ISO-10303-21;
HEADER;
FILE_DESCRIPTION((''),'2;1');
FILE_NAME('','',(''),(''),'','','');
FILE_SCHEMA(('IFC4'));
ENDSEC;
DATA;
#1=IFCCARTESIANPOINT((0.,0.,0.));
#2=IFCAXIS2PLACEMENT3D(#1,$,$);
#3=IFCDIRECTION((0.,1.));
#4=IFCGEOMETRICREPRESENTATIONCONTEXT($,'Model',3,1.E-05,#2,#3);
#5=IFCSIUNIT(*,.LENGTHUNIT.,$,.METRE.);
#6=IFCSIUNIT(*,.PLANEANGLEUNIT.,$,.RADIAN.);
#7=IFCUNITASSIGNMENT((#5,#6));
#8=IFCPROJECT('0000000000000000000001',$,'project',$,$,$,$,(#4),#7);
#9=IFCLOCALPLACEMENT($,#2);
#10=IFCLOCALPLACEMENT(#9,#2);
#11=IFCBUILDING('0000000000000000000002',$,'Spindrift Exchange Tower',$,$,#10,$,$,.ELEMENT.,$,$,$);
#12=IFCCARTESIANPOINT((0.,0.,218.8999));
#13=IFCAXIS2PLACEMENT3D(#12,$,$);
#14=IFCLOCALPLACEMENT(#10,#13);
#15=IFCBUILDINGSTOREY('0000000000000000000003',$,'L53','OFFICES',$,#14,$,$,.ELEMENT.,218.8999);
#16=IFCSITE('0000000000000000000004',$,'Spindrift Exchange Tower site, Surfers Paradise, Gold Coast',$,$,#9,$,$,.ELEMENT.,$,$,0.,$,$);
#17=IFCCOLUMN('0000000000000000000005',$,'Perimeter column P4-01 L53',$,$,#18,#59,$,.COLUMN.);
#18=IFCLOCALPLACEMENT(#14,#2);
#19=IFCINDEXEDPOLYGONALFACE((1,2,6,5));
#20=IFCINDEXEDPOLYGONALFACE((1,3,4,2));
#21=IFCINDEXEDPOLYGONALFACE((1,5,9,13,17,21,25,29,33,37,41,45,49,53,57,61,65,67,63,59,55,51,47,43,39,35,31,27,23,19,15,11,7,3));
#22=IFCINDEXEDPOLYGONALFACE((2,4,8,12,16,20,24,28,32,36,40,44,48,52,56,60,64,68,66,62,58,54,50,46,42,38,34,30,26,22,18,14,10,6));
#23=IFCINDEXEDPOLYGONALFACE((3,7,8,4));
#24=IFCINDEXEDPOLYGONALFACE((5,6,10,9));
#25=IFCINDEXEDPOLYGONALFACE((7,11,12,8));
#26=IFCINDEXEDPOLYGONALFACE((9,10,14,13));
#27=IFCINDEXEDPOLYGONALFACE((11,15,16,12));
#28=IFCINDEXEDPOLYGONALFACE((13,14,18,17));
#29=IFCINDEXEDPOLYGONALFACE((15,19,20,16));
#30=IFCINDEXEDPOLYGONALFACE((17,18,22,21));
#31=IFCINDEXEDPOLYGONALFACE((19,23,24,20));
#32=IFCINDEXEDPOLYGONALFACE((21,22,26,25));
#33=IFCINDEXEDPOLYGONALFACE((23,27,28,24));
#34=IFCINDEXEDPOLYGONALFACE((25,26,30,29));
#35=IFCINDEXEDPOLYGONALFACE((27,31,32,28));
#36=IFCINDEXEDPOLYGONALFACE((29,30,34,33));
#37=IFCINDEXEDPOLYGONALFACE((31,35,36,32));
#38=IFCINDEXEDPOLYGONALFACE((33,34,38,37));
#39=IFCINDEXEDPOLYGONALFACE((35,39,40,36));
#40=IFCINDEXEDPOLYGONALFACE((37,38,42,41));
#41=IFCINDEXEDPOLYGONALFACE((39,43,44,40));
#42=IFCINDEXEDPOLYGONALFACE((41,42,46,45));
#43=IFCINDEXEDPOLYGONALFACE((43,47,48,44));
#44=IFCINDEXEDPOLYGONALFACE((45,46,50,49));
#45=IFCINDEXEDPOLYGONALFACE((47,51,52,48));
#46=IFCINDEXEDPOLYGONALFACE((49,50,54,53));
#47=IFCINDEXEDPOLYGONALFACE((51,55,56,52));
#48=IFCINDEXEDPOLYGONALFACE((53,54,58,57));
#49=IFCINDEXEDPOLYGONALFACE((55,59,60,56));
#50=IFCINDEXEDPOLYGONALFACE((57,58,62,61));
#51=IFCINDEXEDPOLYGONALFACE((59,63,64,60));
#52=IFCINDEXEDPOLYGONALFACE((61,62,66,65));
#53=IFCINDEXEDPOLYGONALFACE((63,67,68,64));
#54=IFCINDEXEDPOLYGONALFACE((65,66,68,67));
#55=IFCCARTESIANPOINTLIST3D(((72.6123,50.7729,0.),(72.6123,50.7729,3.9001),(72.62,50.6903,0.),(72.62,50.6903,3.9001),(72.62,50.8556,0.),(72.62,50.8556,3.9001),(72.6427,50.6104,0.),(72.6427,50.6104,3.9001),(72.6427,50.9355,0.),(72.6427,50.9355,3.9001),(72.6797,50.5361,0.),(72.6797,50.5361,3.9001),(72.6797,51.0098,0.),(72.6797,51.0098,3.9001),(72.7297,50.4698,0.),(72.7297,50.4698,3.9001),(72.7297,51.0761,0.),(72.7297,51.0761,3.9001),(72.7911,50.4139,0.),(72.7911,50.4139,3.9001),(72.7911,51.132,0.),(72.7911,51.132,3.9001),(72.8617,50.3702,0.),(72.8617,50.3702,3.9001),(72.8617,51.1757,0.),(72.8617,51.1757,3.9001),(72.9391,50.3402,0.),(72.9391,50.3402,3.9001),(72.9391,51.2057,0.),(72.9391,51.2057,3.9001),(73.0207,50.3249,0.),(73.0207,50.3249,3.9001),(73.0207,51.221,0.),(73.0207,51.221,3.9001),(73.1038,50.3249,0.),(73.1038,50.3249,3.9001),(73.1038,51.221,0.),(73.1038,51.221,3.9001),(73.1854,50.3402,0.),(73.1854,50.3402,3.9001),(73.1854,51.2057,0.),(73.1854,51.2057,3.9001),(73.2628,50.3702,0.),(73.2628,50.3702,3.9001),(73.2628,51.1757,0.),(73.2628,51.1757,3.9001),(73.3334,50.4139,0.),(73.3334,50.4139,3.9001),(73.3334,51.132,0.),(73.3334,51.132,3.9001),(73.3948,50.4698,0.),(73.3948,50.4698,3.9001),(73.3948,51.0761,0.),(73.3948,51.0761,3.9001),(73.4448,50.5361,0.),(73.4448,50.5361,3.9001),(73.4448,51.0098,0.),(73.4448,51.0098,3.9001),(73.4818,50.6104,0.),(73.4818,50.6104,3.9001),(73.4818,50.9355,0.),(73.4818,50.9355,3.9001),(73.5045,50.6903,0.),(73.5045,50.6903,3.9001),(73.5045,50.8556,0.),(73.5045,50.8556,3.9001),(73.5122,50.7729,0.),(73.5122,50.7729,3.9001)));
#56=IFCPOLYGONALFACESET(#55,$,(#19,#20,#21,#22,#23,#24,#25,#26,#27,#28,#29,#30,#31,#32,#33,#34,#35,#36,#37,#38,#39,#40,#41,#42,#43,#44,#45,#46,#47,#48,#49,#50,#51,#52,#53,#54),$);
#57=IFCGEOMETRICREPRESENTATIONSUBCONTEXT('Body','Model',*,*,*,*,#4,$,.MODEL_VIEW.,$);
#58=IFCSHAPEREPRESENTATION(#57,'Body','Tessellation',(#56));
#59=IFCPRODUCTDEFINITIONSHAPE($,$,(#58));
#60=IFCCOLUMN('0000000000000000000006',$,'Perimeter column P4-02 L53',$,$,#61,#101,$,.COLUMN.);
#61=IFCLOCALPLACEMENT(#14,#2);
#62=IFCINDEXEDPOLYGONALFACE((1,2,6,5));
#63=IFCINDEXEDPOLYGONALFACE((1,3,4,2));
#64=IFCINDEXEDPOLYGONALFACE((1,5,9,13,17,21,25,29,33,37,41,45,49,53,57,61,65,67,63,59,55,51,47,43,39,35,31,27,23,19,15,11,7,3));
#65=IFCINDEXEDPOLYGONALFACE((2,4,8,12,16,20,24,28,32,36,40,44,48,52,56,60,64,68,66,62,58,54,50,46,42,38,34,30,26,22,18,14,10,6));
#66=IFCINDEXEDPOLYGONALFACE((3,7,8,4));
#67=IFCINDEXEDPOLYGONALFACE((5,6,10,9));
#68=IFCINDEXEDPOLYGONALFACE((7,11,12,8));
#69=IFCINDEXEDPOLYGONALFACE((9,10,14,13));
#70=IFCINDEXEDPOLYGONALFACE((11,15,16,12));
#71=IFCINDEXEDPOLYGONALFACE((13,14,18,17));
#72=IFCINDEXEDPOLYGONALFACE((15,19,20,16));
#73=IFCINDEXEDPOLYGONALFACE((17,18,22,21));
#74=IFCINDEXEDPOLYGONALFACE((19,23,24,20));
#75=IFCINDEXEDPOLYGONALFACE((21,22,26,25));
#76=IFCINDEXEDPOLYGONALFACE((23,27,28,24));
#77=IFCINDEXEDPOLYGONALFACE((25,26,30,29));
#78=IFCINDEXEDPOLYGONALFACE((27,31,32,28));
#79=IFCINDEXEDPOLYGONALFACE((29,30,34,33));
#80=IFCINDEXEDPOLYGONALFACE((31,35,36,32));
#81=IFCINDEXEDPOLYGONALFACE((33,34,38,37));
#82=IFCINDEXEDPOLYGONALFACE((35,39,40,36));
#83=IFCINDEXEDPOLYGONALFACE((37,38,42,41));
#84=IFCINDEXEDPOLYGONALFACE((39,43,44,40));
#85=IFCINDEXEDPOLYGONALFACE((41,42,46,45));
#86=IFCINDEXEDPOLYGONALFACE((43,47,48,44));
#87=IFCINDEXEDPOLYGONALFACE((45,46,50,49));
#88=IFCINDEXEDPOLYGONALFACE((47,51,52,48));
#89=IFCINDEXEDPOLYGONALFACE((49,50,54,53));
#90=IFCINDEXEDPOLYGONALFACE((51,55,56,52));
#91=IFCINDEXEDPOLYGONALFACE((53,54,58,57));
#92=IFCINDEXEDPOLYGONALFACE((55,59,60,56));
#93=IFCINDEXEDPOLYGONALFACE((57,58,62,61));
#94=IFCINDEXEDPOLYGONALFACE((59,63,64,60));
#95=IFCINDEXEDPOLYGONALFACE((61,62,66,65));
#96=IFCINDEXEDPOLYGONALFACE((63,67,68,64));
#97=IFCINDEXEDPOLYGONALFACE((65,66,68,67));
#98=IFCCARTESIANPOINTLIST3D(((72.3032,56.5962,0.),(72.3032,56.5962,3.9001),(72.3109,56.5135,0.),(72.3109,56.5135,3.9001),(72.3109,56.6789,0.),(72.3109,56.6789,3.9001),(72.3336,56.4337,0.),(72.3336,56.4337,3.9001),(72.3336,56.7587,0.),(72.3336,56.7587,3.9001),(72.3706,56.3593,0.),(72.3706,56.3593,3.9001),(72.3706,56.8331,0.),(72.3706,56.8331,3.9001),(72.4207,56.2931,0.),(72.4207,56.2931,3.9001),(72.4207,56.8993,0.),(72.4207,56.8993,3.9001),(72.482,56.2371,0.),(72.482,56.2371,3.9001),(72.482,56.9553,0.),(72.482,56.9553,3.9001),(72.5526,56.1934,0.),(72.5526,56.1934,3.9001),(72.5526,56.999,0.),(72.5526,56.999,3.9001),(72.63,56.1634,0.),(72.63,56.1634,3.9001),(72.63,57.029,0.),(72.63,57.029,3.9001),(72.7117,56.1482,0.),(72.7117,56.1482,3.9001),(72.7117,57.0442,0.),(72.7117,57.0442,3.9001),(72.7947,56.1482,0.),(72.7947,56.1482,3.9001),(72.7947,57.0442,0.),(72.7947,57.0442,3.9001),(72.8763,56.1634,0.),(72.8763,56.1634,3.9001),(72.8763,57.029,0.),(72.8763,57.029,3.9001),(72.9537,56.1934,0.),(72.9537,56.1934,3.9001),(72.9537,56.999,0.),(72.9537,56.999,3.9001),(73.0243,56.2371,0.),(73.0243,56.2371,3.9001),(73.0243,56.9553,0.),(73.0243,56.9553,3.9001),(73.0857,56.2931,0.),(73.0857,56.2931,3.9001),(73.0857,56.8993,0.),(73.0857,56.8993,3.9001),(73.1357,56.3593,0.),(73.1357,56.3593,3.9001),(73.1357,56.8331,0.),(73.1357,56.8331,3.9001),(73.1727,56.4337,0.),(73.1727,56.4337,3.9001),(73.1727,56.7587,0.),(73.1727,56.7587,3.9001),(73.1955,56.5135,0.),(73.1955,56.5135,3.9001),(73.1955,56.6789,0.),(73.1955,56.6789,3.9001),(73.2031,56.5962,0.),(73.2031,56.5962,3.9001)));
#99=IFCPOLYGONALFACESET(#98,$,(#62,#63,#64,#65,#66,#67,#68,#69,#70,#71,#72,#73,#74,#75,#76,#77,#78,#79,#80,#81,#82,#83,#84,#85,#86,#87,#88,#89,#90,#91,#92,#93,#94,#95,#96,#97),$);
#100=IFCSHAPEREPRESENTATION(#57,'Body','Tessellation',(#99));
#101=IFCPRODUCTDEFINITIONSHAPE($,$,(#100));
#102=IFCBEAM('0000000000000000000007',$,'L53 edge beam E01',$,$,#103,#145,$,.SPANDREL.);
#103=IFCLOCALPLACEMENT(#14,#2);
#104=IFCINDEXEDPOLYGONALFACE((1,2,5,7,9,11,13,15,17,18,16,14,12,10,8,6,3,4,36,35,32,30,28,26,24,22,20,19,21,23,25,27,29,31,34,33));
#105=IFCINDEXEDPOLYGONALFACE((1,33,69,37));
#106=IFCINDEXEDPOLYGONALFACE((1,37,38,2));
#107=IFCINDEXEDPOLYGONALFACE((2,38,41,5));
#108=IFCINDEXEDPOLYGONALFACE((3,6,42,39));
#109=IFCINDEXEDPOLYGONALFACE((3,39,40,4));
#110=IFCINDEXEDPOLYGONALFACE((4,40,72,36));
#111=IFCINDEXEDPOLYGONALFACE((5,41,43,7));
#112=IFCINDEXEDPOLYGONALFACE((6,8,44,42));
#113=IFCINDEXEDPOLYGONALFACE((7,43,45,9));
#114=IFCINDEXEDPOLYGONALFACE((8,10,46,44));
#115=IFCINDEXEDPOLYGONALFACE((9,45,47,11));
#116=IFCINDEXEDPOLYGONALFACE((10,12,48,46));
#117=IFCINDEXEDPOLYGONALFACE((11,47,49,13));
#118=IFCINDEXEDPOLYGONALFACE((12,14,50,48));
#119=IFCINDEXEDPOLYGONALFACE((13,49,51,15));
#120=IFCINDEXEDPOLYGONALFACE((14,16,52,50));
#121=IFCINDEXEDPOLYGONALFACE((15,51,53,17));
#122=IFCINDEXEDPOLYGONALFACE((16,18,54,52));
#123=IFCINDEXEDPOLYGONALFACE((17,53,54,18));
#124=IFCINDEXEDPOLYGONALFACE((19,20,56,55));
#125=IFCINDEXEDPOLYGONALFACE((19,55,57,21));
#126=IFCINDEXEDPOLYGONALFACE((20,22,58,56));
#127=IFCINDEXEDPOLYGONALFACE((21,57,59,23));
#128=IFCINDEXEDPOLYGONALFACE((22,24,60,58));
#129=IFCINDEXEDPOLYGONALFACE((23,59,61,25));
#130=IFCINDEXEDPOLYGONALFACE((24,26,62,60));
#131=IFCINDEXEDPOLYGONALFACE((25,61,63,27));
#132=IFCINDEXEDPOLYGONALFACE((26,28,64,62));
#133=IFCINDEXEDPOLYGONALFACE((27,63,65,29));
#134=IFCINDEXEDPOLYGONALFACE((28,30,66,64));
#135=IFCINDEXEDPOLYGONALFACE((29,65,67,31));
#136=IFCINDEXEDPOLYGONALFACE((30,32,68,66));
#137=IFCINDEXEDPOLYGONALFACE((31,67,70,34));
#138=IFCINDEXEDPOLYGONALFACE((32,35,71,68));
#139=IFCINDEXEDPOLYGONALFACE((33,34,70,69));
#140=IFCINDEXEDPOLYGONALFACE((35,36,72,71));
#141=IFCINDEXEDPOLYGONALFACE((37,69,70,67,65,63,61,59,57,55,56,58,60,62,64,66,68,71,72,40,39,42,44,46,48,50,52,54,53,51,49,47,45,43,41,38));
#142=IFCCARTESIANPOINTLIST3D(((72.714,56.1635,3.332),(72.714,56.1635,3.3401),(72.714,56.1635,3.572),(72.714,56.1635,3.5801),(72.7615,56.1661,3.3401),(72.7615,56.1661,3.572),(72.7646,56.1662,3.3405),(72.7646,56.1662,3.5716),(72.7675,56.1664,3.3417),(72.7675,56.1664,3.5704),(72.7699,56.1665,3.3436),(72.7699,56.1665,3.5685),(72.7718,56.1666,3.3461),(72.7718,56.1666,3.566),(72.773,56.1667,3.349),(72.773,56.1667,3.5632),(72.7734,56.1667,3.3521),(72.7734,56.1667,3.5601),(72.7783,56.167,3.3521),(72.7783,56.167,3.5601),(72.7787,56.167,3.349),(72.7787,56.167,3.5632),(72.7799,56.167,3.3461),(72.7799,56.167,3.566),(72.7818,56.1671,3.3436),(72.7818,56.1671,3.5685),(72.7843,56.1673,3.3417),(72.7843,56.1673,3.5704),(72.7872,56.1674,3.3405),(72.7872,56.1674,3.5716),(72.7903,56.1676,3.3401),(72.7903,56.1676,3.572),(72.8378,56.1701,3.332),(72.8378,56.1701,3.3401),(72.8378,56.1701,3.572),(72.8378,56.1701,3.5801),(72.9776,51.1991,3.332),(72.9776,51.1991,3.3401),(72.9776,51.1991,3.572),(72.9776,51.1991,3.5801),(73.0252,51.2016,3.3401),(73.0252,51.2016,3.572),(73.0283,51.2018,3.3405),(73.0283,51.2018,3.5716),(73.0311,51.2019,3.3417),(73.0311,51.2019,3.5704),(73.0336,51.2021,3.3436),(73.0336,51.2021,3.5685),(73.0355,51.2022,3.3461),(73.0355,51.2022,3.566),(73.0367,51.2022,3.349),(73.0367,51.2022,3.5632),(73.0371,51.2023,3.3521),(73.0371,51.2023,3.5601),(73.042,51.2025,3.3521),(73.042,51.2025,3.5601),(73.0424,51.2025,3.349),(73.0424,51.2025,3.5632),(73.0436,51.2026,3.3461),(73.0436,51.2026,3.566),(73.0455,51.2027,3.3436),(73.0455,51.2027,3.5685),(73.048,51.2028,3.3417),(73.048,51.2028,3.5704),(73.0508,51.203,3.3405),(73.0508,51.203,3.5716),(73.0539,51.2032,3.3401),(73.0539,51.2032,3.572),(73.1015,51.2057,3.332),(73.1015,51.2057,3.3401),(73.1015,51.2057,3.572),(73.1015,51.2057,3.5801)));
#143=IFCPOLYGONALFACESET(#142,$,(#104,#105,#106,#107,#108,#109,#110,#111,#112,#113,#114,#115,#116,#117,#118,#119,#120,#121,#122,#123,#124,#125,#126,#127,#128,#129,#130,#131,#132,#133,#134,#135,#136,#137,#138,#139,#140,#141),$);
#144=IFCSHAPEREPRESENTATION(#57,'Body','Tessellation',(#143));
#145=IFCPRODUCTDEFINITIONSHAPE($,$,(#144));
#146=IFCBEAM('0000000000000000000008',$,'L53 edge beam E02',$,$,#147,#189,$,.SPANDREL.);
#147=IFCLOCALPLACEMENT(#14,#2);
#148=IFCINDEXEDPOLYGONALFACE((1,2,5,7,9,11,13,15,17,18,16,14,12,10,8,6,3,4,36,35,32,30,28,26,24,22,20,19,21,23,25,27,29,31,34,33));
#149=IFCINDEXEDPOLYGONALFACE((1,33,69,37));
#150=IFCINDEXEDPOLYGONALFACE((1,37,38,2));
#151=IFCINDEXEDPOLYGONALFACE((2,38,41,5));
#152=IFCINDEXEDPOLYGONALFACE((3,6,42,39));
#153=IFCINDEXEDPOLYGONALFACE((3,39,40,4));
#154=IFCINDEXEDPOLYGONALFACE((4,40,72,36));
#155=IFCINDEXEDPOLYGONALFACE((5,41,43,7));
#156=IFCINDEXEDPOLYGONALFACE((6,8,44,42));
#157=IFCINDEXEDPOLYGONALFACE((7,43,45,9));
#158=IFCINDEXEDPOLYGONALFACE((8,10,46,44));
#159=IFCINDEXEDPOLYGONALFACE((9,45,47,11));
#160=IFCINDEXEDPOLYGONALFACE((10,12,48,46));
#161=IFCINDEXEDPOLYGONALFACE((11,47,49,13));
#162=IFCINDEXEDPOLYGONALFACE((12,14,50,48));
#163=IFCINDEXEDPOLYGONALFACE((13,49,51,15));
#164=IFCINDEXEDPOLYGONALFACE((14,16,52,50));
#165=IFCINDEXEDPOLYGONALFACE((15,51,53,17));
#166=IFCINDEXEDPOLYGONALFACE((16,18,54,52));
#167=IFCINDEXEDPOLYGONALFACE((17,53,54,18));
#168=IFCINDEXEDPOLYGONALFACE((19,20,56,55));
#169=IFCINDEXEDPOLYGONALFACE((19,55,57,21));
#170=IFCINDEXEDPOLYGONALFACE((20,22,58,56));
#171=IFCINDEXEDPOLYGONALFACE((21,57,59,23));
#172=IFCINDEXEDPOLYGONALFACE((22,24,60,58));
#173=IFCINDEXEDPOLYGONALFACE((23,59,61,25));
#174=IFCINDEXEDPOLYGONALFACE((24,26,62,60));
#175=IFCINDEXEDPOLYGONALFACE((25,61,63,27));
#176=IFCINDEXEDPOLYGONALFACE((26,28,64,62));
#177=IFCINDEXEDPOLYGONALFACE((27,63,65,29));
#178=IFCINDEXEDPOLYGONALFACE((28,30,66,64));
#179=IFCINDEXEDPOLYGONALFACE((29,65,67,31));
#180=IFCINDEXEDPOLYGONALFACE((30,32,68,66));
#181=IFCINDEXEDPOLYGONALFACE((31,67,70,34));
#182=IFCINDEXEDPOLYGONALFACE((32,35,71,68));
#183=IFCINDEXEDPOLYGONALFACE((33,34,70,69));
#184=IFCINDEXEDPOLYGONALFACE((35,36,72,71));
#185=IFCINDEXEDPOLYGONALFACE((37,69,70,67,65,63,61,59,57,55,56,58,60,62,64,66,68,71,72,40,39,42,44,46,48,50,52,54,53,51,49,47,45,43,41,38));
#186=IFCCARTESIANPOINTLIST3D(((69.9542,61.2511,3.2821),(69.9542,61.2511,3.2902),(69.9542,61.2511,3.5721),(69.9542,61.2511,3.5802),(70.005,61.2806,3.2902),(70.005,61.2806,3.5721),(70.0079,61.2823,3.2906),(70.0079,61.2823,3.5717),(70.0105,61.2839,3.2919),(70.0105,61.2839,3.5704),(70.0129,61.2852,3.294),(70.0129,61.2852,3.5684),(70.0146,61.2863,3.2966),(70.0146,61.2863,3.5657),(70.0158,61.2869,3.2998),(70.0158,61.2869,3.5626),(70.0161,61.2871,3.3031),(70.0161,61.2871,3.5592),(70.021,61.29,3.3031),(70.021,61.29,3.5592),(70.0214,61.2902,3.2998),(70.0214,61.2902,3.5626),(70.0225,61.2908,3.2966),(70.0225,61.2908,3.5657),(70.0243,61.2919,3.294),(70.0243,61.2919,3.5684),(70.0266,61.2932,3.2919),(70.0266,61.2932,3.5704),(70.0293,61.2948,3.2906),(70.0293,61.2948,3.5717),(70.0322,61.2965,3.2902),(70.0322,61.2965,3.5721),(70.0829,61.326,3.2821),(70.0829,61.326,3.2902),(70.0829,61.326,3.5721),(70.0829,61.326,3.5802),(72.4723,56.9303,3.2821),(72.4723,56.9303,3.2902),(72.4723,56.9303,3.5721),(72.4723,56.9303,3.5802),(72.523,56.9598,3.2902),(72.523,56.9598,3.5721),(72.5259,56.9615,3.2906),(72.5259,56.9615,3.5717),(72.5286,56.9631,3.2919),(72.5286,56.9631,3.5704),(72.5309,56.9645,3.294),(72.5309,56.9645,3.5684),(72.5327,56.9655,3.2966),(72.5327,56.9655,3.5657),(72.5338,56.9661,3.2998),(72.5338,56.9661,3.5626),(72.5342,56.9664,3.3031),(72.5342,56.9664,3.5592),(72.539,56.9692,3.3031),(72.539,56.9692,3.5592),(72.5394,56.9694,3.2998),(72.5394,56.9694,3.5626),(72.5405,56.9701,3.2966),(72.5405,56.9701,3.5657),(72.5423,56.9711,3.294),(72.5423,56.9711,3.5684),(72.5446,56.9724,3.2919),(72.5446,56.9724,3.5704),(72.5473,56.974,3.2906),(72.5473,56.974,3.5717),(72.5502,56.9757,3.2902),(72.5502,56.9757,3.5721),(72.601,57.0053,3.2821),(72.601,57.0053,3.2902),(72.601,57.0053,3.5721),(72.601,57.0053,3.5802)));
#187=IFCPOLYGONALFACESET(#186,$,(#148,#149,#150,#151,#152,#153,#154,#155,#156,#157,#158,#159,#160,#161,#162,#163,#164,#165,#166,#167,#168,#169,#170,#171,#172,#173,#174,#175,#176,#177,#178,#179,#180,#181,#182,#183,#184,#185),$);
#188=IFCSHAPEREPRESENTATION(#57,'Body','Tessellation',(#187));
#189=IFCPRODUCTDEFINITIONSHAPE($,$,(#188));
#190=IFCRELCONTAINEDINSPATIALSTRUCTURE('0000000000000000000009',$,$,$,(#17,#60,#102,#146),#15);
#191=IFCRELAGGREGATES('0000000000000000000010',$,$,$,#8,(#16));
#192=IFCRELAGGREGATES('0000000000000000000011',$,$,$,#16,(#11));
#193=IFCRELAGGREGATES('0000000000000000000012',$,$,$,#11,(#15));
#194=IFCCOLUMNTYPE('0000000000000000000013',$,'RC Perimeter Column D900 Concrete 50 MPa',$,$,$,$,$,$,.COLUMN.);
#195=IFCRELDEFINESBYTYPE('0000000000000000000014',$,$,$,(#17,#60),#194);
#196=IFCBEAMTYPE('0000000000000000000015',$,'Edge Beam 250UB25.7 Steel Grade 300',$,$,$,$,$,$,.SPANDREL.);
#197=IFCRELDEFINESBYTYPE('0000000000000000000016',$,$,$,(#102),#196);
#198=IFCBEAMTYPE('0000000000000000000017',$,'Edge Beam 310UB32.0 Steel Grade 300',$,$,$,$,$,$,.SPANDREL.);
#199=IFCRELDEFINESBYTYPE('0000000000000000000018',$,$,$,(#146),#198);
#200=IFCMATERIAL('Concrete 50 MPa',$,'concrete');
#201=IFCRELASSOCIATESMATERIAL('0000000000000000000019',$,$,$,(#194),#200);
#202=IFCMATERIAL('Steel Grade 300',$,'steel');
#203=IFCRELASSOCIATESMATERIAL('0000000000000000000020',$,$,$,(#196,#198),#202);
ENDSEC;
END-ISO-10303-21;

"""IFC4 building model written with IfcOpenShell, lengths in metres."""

from ifc_helpers import new_model, si_unit, direction, frame, origin, origin_2d, place, context, subcontext, project, spatial, circle, i_section, extrude, source, transform, mapped, material, material_profile, profile_set, type_object, element, save


model = new_model("IFC4")

# Units and contexts
model_context = context("Model", 3, precision=1e-05, world=origin(), true_north=direction((0.0, 1.0)))
body_context = subcontext(model_context, "Body", "Model", "MODEL_VIEW")
ifc_project = project(units=[si_unit("LENGTHUNIT", "METRE"), si_unit("PLANEANGLEUNIT", "RADIAN")], contexts=[model_context])

# Site, building, storey
site_placement = place(None, origin())
site = spatial("IfcSite", under=ifc_project, at=site_placement, Name="Spindrift Exchange Tower site, Surfers Paradise, Gold Coast", CompositionType="ELEMENT", RefElevation=0.0)
building_placement = place(site_placement, origin())
building = spatial("IfcBuilding", under=site, at=building_placement, Name="Spindrift Exchange Tower", CompositionType="ELEMENT")
storey_placement = place(building_placement, frame((0.0, 0.0, 218.8999)))
storey = spatial("IfcBuildingStorey", under=building, at=storey_placement, Name="L53", Description="OFFICES", CompositionType="ELEMENT", Elevation=218.8999)

# Columns
ifc_material_1 = material(Name="Concrete 50 MPa", Category="concrete")
ifc_material_profile_1 = material_profile(ifc_material_1, circle(Radius=0.45, at=origin_2d()), Name="RC D900")
ifc_profile_set_1 = profile_set([ifc_material_profile_1], Name="Concrete 50 MPa")
column_type = type_object("IfcColumnType", Name="RC Perimeter Column D900 Concrete 50 MPa", PredefinedType="COLUMN", material=ifc_profile_set_1)
shared_shape_1 = source(origin(), body_context, "Body", "SweptSolid", [
    extrude(circle(Radius=0.45, at=origin_2d()), origin(), (0.0, 0.0, 1.0), 3.9001),
])
for number, where, z_axis, x_axis, name in (
    (1, (73.0623, 50.7729, 0.0), (0.0, 0.0, 1.0), (1.0, 0.0, 0.0), "Perimeter column P4-01 L53"),
    (2, (72.7532, 56.5962, 0.0), (0.0, 0.0, 1.0), (1.0, 0.0, 0.0), "Perimeter column P4-02 L53"),
):
    element("IfcColumn", number, at=place(storey_placement, frame(where, z_axis=z_axis, x_axis=x_axis)), inside=storey, type_object=column_type, Name=name, PredefinedType="COLUMN", context=body_context, shape_type="MappedRepresentation", body=[
        mapped(shared_shape_1, transform((0.0, 0.0, 0.0), scale=1.0)),
    ])

# Beams
ifc_material_2 = material(Name="Steel Grade 300", Category="steel")
ifc_material_profile_2 = material_profile(ifc_material_2, i_section(OverallWidth=0.124, OverallDepth=0.248, WebThickness=0.0049, FlangeThickness=0.0081, FilletRadius=0.012, at=origin_2d()), Name="250UB25.7")
ifc_profile_set_2 = profile_set([ifc_material_profile_2], Name="Steel Grade 300")
beam_type_1 = type_object("IfcBeamType", Name="Edge Beam 250UB25.7 Steel Grade 300", PredefinedType="SPANDREL", material=ifc_profile_set_2)
shared_shape_2 = source(origin(), body_context, "Body", "SweptSolid", [
    extrude(i_section(OverallWidth=0.124, OverallDepth=0.248, WebThickness=0.0049, FlangeThickness=0.0081, FilletRadius=0.012, at=origin_2d()), origin(), (0.0, 0.0, 1.0), 4.9714),
])
beam_1_placement = place(storey_placement, frame((73.0396, 51.2024, 3.4561), z_axis=(-0.053038, 0.998592, 0.0), x_axis=(-0.998592, -0.053038, 0.0)))
element("IfcBeam", 3, at=beam_1_placement, inside=storey, type_object=beam_type_1, Name="L53 edge beam E01", PredefinedType="SPANDREL", context=body_context, shape_type="MappedRepresentation", body=[
    mapped(shared_shape_2, transform((0.0, 0.0, 0.0), scale=1.0)),
])
ifc_material_profile_3 = material_profile(ifc_material_2, i_section(OverallWidth=0.1489, OverallDepth=0.2981, WebThickness=0.0056, FlangeThickness=0.0081, FilletRadius=0.0129, at=origin_2d()), Name="310UB32.0")
ifc_profile_set_3 = profile_set([ifc_material_profile_3], Name="Steel Grade 300")
beam_type_2 = type_object("IfcBeamType", Name="Edge Beam 310UB32.0 Steel Grade 300", PredefinedType="SPANDREL", material=ifc_profile_set_3)
shared_shape_3 = source(origin(), body_context, "Body", "SweptSolid", [
    extrude(i_section(OverallWidth=0.1489, OverallDepth=0.2981, WebThickness=0.0056, FlangeThickness=0.0081, FilletRadius=0.0129, at=origin_2d()), origin(), (0.0, 0.0, 1.0), 5.001),
])
beam_2_placement = place(storey_placement, frame((72.5366, 56.9678, 3.4312), z_axis=(-0.503513, 0.863988, 0.0), x_axis=(-0.863988, -0.503513, 0.0)))
element("IfcBeam", 4, at=beam_2_placement, inside=storey, type_object=beam_type_2, Name="L53 edge beam E02", PredefinedType="SPANDREL", context=body_context, shape_type="MappedRepresentation", body=[
    mapped(shared_shape_3, transform((0.0, 0.0, 0.0), scale=1.0)),
])

save(model, "model.ifc")
